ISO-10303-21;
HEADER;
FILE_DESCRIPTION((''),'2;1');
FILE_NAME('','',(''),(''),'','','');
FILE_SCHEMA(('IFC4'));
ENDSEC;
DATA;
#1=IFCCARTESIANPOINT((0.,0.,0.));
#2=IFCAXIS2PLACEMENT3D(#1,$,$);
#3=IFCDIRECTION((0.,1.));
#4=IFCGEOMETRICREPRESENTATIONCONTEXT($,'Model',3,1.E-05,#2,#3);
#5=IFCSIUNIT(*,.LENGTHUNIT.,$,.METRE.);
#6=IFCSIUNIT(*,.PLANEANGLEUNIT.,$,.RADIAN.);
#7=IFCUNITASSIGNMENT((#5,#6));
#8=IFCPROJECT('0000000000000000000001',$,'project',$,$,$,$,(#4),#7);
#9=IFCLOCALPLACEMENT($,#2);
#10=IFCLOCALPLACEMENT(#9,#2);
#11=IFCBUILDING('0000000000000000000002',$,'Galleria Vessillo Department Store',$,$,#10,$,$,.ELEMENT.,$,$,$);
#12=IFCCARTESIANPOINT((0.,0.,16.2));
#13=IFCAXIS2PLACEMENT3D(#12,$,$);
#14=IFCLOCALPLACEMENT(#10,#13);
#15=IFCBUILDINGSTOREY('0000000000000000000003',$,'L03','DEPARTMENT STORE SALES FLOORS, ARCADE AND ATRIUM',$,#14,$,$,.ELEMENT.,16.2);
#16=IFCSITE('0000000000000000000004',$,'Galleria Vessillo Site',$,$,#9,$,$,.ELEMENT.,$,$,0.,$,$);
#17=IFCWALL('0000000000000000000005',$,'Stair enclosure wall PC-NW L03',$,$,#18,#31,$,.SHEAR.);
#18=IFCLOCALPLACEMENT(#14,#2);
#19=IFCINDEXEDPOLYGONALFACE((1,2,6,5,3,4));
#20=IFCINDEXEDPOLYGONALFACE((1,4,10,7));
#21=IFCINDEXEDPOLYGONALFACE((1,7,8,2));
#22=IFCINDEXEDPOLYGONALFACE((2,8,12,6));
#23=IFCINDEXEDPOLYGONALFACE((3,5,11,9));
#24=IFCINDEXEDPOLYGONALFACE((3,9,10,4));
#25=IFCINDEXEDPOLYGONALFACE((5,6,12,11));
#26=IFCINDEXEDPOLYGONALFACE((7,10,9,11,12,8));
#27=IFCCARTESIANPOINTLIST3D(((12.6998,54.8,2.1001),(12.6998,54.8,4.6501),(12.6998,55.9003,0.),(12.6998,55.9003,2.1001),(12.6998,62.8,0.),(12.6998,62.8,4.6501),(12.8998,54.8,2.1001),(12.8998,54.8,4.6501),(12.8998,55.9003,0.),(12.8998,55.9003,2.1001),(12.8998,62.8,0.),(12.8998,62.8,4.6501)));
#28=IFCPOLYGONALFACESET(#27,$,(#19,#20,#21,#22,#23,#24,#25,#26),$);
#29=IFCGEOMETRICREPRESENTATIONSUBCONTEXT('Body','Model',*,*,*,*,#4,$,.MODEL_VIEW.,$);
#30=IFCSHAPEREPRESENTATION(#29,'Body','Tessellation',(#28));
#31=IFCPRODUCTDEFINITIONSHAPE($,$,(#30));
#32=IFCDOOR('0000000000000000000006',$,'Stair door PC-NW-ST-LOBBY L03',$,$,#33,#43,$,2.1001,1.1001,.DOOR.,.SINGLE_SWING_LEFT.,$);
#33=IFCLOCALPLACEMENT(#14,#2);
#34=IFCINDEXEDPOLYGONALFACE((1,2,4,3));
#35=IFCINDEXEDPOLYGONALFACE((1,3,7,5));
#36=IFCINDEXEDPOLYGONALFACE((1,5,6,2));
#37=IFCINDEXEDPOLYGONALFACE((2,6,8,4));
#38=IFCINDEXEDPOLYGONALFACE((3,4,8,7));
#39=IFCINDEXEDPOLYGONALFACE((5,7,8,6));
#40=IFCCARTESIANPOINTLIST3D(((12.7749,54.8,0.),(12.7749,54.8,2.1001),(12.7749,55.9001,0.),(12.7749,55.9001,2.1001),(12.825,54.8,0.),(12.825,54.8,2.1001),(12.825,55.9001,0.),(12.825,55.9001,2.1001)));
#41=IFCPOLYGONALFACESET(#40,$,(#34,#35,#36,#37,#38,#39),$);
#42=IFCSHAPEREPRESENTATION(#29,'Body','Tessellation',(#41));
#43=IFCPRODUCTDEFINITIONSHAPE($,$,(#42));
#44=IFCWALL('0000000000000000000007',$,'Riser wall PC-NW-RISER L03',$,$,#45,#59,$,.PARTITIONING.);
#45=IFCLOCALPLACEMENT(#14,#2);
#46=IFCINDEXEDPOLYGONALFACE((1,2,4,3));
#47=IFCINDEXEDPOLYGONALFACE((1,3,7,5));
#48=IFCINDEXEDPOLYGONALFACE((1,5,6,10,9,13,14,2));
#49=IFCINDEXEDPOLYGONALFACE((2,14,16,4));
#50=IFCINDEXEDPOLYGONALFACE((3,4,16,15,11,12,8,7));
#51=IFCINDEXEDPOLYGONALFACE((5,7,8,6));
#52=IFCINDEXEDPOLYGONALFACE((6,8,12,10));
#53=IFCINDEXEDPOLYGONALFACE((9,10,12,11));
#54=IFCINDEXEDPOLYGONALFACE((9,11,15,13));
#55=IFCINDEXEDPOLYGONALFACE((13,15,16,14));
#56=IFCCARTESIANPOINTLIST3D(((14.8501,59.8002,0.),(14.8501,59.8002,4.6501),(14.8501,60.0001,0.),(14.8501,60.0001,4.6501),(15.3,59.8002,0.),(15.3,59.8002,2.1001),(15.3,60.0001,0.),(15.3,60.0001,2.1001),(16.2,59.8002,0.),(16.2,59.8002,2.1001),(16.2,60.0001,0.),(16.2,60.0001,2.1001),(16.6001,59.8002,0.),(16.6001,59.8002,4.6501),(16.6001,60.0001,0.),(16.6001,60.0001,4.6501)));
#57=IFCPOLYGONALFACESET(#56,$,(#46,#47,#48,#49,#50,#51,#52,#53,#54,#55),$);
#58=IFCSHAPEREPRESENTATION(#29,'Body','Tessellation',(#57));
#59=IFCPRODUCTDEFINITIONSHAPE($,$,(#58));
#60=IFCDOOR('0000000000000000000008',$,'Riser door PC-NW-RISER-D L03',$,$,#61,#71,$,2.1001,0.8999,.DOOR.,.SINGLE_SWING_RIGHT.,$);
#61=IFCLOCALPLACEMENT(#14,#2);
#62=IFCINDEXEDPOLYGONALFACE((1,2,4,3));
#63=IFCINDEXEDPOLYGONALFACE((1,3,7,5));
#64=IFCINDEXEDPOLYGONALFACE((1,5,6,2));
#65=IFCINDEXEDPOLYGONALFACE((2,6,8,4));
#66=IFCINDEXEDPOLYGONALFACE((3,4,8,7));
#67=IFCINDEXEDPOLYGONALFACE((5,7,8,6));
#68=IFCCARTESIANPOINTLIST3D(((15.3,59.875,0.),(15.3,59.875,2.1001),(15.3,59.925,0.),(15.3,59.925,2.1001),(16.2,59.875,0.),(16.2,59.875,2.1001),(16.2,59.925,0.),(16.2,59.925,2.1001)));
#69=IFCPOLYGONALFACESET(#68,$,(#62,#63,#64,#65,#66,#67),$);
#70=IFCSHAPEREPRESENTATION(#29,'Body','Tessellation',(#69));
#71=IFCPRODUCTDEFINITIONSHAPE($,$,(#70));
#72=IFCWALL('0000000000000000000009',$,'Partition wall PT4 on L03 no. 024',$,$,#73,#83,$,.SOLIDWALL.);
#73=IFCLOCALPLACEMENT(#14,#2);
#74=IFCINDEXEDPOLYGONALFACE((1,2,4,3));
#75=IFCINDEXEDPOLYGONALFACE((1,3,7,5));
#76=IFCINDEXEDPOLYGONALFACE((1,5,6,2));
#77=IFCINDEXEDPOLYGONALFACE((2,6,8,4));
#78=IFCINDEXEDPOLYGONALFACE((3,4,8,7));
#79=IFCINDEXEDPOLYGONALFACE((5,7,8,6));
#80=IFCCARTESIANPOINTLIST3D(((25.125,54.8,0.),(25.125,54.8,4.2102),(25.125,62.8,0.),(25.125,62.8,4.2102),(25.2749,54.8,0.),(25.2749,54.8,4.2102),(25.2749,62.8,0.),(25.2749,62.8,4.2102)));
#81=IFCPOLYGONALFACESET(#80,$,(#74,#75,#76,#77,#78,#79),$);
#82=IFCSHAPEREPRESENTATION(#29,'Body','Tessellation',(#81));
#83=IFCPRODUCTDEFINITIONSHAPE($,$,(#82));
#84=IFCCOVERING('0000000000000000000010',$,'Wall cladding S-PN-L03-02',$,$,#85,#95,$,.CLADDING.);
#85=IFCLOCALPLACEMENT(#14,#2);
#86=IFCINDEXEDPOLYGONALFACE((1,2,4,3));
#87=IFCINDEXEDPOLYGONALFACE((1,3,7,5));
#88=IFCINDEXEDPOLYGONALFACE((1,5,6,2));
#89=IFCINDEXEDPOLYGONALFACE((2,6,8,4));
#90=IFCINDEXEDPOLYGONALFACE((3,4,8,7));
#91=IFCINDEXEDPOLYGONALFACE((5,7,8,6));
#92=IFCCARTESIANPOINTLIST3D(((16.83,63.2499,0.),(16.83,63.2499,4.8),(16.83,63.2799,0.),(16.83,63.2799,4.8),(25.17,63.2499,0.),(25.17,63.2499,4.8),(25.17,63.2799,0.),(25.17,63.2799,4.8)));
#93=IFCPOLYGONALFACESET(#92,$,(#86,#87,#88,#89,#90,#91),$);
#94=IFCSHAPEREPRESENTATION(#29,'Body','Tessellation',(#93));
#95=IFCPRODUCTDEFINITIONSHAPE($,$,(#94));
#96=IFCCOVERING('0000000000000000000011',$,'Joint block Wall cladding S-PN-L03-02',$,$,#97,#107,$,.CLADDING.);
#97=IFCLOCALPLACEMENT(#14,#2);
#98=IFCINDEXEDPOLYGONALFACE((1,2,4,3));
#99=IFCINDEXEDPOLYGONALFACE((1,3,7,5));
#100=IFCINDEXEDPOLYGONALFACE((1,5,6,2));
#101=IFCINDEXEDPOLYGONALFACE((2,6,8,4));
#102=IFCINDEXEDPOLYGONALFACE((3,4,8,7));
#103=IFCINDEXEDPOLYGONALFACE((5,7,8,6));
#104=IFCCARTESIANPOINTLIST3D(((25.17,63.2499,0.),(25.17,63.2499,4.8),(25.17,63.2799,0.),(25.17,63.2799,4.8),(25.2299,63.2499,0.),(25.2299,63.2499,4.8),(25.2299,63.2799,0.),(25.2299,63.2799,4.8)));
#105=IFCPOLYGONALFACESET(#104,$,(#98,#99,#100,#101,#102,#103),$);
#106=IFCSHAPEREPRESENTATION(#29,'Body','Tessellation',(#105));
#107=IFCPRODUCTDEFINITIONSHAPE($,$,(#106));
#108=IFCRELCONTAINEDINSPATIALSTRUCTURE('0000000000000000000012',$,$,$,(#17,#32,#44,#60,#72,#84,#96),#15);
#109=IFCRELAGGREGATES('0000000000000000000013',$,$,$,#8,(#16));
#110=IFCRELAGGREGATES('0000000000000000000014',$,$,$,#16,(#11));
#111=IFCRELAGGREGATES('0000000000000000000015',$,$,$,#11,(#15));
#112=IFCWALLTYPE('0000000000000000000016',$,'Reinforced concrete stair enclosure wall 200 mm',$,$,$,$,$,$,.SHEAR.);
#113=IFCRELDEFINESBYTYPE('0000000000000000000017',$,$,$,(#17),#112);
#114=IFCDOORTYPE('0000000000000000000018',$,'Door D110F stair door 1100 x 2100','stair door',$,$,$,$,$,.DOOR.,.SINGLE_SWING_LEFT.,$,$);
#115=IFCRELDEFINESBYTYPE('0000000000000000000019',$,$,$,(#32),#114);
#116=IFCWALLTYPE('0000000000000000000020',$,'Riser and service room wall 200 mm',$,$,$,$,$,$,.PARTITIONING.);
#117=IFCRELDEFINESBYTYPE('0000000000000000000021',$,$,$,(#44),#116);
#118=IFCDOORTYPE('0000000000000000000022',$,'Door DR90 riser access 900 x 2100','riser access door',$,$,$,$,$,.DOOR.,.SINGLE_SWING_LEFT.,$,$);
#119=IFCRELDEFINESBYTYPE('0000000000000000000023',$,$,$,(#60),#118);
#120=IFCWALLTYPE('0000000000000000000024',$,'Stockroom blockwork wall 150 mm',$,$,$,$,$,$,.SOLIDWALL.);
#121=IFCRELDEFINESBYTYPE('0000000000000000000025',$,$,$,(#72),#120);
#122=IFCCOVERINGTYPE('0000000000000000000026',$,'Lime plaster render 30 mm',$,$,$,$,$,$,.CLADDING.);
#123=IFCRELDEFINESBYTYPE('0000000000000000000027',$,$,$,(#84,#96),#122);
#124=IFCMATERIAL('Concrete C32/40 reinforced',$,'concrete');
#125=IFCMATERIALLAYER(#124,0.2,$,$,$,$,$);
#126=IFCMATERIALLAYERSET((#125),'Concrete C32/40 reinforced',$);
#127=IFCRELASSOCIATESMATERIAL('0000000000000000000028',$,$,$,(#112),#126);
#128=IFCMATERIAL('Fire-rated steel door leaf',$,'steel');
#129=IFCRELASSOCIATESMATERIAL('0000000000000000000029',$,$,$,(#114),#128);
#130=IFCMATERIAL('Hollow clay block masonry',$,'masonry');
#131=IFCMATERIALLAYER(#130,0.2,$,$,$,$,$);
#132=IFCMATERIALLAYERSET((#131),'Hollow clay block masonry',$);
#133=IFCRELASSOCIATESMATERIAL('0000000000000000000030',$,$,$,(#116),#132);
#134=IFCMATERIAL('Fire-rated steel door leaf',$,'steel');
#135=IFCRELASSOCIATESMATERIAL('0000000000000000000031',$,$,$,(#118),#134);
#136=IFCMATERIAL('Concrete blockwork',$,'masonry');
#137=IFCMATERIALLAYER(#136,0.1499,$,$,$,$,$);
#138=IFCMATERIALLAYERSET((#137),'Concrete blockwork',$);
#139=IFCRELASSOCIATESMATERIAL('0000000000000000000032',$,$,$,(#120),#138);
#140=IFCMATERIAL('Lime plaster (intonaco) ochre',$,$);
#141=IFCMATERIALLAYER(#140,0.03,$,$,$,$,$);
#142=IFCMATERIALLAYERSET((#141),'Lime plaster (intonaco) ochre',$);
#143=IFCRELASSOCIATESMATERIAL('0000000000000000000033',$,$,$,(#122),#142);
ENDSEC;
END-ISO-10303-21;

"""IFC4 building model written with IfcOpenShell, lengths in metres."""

from ifc_helpers import new_model, si_unit, direction, frame, frame_2d, origin, origin_2d, place, context, subcontext, project, spatial, rectangle, extrude, material, layer, layer_set, type_object, element, fill, save


model = new_model("IFC4")

# Units and contexts
model_context = context("Model", 3, precision=1e-05, world=origin(), true_north=direction((0.0, 1.0)))
body_context = subcontext(model_context, "Body", "Model", "MODEL_VIEW")
ifc_project = project(units=[si_unit("LENGTHUNIT", "METRE"), si_unit("PLANEANGLEUNIT", "RADIAN")], contexts=[model_context])

# Site, building, storey
site_placement = place(None, origin())
site = spatial("IfcSite", under=ifc_project, at=site_placement, Name="Galleria Vessillo Site", CompositionType="ELEMENT", RefElevation=0.0)
building_placement = place(site_placement, origin())
building = spatial("IfcBuilding", under=site, at=building_placement, Name="Galleria Vessillo Department Store", CompositionType="ELEMENT")
storey_placement = place(building_placement, frame((0.0, 0.0, 16.2)))
storey = spatial("IfcBuildingStorey", under=building, at=storey_placement, Name="L03", Description="DEPARTMENT STORE SALES FLOORS, ARCADE AND ATRIUM", CompositionType="ELEMENT", Elevation=16.2)

# Walls, openings, doors
ifc_material_1 = material(Name="Concrete C32/40 reinforced", Category="concrete")
ifc_layer_1 = layer(ifc_material_1, 0.2)
ifc_layer_set_1 = layer_set([ifc_layer_1], Name="Concrete C32/40 reinforced")
wall_type_1 = type_object("IfcWallType", Name="Reinforced concrete stair enclosure wall 200 mm", PredefinedType="SHEAR", material=ifc_layer_set_1)
wall_1_placement = place(storey_placement, frame((12.7998, 62.8, 0.0), z_axis=(0.0, 0.0, 1.0), x_axis=(0.0, -1.0, 0.0)))
wall_1 = element("IfcWall", 1, at=wall_1_placement, inside=storey, type_object=wall_type_1, Name="Stair enclosure wall PC-NW L03", PredefinedType="SHEAR", context=body_context, shape_type="SweptSolid", body=[
    extrude(rectangle(XDim=8.0, YDim=0.2, at=frame_2d((4.0, 0.0))), origin(), (0.0, 0.0, 1.0), 4.6501),
])
opening_1_placement = place(wall_1_placement, frame((6.8999, 0.0, 0.0)))
opening_1 = element("IfcOpeningElement", 2, at=opening_1_placement, cuts=wall_1, PredefinedType="OPENING", context=body_context, shape_type="SweptSolid", body=[
    extrude(rectangle(XDim=1.1101, YDim=2.1001, at=frame_2d((0.5549, 1.05))), frame((0.0, 0.1099, 0.0), z_axis=(0.0, -1.0, 0.0), x_axis=(1.0, 0.0, 0.0)), (0.0, 0.0, 1.0), 0.22),
])
ifc_material_2 = material(Name="Fire-rated steel door leaf", Category="steel")
door_type_1 = type_object("IfcDoorType", Name="Door D110F stair door 1100 x 2100", Description="stair door", OperationType="SINGLE_SWING_LEFT", PredefinedType="DOOR", material=ifc_material_2)
door_1_placement = place(opening_1_placement, frame((1.1001, 0.0, 0.0), z_axis=(0.0, 0.0, 1.0), x_axis=(-1.0, 0.0, 0.0)))
door_1 = element("IfcDoor", 3, at=door_1_placement, inside=storey, type_object=door_type_1, Name="Stair door PC-NW-ST-LOBBY L03", OperationType="SINGLE_SWING_LEFT", OverallHeight=2.1001, OverallWidth=1.1001, PredefinedType="DOOR", context=body_context, shape_type="SweptSolid", body=[
    extrude(rectangle(XDim=1.1001, YDim=2.1001, at=frame_2d((0.55, 1.05))), frame((0.0, 0.0249, 0.0), z_axis=(0.0, -1.0, 0.0), x_axis=(1.0, 0.0, 0.0)), (0.0, 0.0, 1.0), 0.05),
])
fill(opening_1, door_1)
ifc_material_3 = material(Name="Hollow clay block masonry", Category="masonry")
ifc_layer_2 = layer(ifc_material_3, 0.2)
ifc_layer_set_2 = layer_set([ifc_layer_2], Name="Hollow clay block masonry")
wall_type_2 = type_object("IfcWallType", Name="Riser and service room wall 200 mm", PredefinedType="PARTITIONING", material=ifc_layer_set_2)
wall_2_placement = place(storey_placement, frame((14.8501, 59.9001, 0.0), z_axis=(0.0, 0.0, 1.0), x_axis=(1.0, 0.0, 0.0)))
wall_2 = element("IfcWall", 4, at=wall_2_placement, inside=storey, type_object=wall_type_2, Name="Riser wall PC-NW-RISER L03", PredefinedType="PARTITIONING", context=body_context, shape_type="SweptSolid", body=[
    extrude(rectangle(XDim=1.75, YDim=0.2, at=frame_2d((0.875, 0.0))), origin(), (0.0, 0.0, 1.0), 4.6501),
])
opening_2_placement = place(wall_2_placement, frame((0.45, 0.0, 0.0)))
opening_2 = element("IfcOpeningElement", 5, at=opening_2_placement, cuts=wall_2, PredefinedType="OPENING", context=body_context, shape_type="SweptSolid", body=[
    extrude(rectangle(XDim=0.8999, YDim=2.1001, at=frame_2d((0.45, 1.05))), frame((0.0, 0.1099, 0.0), z_axis=(0.0, -1.0, 0.0), x_axis=(1.0, 0.0, 0.0)), (0.0, 0.0, 1.0), 0.22),
])
ifc_material_4 = material(Name="Fire-rated steel door leaf", Category="steel")
door_type_2 = type_object("IfcDoorType", Name="Door DR90 riser access 900 x 2100", Description="riser access door", OperationType="SINGLE_SWING_LEFT", PredefinedType="DOOR", material=ifc_material_4)
door_2_placement = place(opening_2_placement, origin())
door_2 = element("IfcDoor", 6, at=door_2_placement, inside=storey, type_object=door_type_2, Name="Riser door PC-NW-RISER-D L03", OperationType="SINGLE_SWING_RIGHT", OverallHeight=2.1001, OverallWidth=0.8999, PredefinedType="DOOR", context=body_context, shape_type="SweptSolid", body=[
    extrude(rectangle(XDim=0.8999, YDim=2.1001, at=frame_2d((0.45, 1.05))), frame((0.0, 0.0249, 0.0), z_axis=(0.0, -1.0, 0.0), x_axis=(1.0, 0.0, 0.0)), (0.0, 0.0, 1.0), 0.05),
])
fill(opening_2, door_2)

# Wall
ifc_material_5 = material(Name="Concrete blockwork", Category="masonry")
ifc_layer_3 = layer(ifc_material_5, 0.1499)
ifc_layer_set_3 = layer_set([ifc_layer_3], Name="Concrete blockwork")
wall_type_3 = type_object("IfcWallType", Name="Stockroom blockwork wall 150 mm", PredefinedType="SOLIDWALL", material=ifc_layer_set_3)
wall_3_placement = place(storey_placement, frame((25.2, 54.8, 0.0), z_axis=(0.0, 0.0, 1.0), x_axis=(0.0, 1.0, 0.0)))
element("IfcWall", 7, at=wall_3_placement, inside=storey, type_object=wall_type_3, Name="Partition wall PT4 on L03 no. 024", PredefinedType="SOLIDWALL", context=body_context, shape_type="SweptSolid", body=[
    extrude(rectangle(XDim=8.0, YDim=0.1499, at=frame_2d((4.0, 0.0))), origin(), (0.0, 0.0, 1.0), 4.2102),
])

# Coverings
ifc_material_6 = material(Name="Lime plaster (intonaco) ochre")
ifc_layer_4 = layer(ifc_material_6, 0.03)
ifc_layer_set_4 = layer_set([ifc_layer_4], Name="Lime plaster (intonaco) ochre")
covering_type = type_object("IfcCoveringType", Name="Lime plaster render 30 mm", PredefinedType="CLADDING", material=ifc_layer_set_4)
covering_1_placement = place(storey_placement, frame((21.0, 63.2649, 0.0), z_axis=(0.0, 0.0, 1.0), x_axis=(1.0, 0.0, 0.0)))
element("IfcCovering", 8, at=covering_1_placement, inside=storey, type_object=covering_type, Name="Wall cladding S-PN-L03-02", PredefinedType="CLADDING", context=body_context, shape_type="SweptSolid", body=[
    extrude(rectangle(XDim=8.3401, YDim=0.03, at=origin_2d()), origin(), (0.0, 0.0, 1.0), 4.8),
])
covering_2_placement = place(storey_placement, frame((25.2, 63.2649, 0.0), z_axis=(0.0, 0.0, 1.0), x_axis=(1.0, 0.0, 0.0)))
element("IfcCovering", 9, at=covering_2_placement, inside=storey, type_object=covering_type, Name="Joint block Wall cladding S-PN-L03-02", PredefinedType="CLADDING", context=body_context, shape_type="SweptSolid", body=[
    extrude(rectangle(XDim=0.0598, YDim=0.03, at=origin_2d()), origin(), (0.0, 0.0, 1.0), 4.8),
])

save(model, "model.ifc")
